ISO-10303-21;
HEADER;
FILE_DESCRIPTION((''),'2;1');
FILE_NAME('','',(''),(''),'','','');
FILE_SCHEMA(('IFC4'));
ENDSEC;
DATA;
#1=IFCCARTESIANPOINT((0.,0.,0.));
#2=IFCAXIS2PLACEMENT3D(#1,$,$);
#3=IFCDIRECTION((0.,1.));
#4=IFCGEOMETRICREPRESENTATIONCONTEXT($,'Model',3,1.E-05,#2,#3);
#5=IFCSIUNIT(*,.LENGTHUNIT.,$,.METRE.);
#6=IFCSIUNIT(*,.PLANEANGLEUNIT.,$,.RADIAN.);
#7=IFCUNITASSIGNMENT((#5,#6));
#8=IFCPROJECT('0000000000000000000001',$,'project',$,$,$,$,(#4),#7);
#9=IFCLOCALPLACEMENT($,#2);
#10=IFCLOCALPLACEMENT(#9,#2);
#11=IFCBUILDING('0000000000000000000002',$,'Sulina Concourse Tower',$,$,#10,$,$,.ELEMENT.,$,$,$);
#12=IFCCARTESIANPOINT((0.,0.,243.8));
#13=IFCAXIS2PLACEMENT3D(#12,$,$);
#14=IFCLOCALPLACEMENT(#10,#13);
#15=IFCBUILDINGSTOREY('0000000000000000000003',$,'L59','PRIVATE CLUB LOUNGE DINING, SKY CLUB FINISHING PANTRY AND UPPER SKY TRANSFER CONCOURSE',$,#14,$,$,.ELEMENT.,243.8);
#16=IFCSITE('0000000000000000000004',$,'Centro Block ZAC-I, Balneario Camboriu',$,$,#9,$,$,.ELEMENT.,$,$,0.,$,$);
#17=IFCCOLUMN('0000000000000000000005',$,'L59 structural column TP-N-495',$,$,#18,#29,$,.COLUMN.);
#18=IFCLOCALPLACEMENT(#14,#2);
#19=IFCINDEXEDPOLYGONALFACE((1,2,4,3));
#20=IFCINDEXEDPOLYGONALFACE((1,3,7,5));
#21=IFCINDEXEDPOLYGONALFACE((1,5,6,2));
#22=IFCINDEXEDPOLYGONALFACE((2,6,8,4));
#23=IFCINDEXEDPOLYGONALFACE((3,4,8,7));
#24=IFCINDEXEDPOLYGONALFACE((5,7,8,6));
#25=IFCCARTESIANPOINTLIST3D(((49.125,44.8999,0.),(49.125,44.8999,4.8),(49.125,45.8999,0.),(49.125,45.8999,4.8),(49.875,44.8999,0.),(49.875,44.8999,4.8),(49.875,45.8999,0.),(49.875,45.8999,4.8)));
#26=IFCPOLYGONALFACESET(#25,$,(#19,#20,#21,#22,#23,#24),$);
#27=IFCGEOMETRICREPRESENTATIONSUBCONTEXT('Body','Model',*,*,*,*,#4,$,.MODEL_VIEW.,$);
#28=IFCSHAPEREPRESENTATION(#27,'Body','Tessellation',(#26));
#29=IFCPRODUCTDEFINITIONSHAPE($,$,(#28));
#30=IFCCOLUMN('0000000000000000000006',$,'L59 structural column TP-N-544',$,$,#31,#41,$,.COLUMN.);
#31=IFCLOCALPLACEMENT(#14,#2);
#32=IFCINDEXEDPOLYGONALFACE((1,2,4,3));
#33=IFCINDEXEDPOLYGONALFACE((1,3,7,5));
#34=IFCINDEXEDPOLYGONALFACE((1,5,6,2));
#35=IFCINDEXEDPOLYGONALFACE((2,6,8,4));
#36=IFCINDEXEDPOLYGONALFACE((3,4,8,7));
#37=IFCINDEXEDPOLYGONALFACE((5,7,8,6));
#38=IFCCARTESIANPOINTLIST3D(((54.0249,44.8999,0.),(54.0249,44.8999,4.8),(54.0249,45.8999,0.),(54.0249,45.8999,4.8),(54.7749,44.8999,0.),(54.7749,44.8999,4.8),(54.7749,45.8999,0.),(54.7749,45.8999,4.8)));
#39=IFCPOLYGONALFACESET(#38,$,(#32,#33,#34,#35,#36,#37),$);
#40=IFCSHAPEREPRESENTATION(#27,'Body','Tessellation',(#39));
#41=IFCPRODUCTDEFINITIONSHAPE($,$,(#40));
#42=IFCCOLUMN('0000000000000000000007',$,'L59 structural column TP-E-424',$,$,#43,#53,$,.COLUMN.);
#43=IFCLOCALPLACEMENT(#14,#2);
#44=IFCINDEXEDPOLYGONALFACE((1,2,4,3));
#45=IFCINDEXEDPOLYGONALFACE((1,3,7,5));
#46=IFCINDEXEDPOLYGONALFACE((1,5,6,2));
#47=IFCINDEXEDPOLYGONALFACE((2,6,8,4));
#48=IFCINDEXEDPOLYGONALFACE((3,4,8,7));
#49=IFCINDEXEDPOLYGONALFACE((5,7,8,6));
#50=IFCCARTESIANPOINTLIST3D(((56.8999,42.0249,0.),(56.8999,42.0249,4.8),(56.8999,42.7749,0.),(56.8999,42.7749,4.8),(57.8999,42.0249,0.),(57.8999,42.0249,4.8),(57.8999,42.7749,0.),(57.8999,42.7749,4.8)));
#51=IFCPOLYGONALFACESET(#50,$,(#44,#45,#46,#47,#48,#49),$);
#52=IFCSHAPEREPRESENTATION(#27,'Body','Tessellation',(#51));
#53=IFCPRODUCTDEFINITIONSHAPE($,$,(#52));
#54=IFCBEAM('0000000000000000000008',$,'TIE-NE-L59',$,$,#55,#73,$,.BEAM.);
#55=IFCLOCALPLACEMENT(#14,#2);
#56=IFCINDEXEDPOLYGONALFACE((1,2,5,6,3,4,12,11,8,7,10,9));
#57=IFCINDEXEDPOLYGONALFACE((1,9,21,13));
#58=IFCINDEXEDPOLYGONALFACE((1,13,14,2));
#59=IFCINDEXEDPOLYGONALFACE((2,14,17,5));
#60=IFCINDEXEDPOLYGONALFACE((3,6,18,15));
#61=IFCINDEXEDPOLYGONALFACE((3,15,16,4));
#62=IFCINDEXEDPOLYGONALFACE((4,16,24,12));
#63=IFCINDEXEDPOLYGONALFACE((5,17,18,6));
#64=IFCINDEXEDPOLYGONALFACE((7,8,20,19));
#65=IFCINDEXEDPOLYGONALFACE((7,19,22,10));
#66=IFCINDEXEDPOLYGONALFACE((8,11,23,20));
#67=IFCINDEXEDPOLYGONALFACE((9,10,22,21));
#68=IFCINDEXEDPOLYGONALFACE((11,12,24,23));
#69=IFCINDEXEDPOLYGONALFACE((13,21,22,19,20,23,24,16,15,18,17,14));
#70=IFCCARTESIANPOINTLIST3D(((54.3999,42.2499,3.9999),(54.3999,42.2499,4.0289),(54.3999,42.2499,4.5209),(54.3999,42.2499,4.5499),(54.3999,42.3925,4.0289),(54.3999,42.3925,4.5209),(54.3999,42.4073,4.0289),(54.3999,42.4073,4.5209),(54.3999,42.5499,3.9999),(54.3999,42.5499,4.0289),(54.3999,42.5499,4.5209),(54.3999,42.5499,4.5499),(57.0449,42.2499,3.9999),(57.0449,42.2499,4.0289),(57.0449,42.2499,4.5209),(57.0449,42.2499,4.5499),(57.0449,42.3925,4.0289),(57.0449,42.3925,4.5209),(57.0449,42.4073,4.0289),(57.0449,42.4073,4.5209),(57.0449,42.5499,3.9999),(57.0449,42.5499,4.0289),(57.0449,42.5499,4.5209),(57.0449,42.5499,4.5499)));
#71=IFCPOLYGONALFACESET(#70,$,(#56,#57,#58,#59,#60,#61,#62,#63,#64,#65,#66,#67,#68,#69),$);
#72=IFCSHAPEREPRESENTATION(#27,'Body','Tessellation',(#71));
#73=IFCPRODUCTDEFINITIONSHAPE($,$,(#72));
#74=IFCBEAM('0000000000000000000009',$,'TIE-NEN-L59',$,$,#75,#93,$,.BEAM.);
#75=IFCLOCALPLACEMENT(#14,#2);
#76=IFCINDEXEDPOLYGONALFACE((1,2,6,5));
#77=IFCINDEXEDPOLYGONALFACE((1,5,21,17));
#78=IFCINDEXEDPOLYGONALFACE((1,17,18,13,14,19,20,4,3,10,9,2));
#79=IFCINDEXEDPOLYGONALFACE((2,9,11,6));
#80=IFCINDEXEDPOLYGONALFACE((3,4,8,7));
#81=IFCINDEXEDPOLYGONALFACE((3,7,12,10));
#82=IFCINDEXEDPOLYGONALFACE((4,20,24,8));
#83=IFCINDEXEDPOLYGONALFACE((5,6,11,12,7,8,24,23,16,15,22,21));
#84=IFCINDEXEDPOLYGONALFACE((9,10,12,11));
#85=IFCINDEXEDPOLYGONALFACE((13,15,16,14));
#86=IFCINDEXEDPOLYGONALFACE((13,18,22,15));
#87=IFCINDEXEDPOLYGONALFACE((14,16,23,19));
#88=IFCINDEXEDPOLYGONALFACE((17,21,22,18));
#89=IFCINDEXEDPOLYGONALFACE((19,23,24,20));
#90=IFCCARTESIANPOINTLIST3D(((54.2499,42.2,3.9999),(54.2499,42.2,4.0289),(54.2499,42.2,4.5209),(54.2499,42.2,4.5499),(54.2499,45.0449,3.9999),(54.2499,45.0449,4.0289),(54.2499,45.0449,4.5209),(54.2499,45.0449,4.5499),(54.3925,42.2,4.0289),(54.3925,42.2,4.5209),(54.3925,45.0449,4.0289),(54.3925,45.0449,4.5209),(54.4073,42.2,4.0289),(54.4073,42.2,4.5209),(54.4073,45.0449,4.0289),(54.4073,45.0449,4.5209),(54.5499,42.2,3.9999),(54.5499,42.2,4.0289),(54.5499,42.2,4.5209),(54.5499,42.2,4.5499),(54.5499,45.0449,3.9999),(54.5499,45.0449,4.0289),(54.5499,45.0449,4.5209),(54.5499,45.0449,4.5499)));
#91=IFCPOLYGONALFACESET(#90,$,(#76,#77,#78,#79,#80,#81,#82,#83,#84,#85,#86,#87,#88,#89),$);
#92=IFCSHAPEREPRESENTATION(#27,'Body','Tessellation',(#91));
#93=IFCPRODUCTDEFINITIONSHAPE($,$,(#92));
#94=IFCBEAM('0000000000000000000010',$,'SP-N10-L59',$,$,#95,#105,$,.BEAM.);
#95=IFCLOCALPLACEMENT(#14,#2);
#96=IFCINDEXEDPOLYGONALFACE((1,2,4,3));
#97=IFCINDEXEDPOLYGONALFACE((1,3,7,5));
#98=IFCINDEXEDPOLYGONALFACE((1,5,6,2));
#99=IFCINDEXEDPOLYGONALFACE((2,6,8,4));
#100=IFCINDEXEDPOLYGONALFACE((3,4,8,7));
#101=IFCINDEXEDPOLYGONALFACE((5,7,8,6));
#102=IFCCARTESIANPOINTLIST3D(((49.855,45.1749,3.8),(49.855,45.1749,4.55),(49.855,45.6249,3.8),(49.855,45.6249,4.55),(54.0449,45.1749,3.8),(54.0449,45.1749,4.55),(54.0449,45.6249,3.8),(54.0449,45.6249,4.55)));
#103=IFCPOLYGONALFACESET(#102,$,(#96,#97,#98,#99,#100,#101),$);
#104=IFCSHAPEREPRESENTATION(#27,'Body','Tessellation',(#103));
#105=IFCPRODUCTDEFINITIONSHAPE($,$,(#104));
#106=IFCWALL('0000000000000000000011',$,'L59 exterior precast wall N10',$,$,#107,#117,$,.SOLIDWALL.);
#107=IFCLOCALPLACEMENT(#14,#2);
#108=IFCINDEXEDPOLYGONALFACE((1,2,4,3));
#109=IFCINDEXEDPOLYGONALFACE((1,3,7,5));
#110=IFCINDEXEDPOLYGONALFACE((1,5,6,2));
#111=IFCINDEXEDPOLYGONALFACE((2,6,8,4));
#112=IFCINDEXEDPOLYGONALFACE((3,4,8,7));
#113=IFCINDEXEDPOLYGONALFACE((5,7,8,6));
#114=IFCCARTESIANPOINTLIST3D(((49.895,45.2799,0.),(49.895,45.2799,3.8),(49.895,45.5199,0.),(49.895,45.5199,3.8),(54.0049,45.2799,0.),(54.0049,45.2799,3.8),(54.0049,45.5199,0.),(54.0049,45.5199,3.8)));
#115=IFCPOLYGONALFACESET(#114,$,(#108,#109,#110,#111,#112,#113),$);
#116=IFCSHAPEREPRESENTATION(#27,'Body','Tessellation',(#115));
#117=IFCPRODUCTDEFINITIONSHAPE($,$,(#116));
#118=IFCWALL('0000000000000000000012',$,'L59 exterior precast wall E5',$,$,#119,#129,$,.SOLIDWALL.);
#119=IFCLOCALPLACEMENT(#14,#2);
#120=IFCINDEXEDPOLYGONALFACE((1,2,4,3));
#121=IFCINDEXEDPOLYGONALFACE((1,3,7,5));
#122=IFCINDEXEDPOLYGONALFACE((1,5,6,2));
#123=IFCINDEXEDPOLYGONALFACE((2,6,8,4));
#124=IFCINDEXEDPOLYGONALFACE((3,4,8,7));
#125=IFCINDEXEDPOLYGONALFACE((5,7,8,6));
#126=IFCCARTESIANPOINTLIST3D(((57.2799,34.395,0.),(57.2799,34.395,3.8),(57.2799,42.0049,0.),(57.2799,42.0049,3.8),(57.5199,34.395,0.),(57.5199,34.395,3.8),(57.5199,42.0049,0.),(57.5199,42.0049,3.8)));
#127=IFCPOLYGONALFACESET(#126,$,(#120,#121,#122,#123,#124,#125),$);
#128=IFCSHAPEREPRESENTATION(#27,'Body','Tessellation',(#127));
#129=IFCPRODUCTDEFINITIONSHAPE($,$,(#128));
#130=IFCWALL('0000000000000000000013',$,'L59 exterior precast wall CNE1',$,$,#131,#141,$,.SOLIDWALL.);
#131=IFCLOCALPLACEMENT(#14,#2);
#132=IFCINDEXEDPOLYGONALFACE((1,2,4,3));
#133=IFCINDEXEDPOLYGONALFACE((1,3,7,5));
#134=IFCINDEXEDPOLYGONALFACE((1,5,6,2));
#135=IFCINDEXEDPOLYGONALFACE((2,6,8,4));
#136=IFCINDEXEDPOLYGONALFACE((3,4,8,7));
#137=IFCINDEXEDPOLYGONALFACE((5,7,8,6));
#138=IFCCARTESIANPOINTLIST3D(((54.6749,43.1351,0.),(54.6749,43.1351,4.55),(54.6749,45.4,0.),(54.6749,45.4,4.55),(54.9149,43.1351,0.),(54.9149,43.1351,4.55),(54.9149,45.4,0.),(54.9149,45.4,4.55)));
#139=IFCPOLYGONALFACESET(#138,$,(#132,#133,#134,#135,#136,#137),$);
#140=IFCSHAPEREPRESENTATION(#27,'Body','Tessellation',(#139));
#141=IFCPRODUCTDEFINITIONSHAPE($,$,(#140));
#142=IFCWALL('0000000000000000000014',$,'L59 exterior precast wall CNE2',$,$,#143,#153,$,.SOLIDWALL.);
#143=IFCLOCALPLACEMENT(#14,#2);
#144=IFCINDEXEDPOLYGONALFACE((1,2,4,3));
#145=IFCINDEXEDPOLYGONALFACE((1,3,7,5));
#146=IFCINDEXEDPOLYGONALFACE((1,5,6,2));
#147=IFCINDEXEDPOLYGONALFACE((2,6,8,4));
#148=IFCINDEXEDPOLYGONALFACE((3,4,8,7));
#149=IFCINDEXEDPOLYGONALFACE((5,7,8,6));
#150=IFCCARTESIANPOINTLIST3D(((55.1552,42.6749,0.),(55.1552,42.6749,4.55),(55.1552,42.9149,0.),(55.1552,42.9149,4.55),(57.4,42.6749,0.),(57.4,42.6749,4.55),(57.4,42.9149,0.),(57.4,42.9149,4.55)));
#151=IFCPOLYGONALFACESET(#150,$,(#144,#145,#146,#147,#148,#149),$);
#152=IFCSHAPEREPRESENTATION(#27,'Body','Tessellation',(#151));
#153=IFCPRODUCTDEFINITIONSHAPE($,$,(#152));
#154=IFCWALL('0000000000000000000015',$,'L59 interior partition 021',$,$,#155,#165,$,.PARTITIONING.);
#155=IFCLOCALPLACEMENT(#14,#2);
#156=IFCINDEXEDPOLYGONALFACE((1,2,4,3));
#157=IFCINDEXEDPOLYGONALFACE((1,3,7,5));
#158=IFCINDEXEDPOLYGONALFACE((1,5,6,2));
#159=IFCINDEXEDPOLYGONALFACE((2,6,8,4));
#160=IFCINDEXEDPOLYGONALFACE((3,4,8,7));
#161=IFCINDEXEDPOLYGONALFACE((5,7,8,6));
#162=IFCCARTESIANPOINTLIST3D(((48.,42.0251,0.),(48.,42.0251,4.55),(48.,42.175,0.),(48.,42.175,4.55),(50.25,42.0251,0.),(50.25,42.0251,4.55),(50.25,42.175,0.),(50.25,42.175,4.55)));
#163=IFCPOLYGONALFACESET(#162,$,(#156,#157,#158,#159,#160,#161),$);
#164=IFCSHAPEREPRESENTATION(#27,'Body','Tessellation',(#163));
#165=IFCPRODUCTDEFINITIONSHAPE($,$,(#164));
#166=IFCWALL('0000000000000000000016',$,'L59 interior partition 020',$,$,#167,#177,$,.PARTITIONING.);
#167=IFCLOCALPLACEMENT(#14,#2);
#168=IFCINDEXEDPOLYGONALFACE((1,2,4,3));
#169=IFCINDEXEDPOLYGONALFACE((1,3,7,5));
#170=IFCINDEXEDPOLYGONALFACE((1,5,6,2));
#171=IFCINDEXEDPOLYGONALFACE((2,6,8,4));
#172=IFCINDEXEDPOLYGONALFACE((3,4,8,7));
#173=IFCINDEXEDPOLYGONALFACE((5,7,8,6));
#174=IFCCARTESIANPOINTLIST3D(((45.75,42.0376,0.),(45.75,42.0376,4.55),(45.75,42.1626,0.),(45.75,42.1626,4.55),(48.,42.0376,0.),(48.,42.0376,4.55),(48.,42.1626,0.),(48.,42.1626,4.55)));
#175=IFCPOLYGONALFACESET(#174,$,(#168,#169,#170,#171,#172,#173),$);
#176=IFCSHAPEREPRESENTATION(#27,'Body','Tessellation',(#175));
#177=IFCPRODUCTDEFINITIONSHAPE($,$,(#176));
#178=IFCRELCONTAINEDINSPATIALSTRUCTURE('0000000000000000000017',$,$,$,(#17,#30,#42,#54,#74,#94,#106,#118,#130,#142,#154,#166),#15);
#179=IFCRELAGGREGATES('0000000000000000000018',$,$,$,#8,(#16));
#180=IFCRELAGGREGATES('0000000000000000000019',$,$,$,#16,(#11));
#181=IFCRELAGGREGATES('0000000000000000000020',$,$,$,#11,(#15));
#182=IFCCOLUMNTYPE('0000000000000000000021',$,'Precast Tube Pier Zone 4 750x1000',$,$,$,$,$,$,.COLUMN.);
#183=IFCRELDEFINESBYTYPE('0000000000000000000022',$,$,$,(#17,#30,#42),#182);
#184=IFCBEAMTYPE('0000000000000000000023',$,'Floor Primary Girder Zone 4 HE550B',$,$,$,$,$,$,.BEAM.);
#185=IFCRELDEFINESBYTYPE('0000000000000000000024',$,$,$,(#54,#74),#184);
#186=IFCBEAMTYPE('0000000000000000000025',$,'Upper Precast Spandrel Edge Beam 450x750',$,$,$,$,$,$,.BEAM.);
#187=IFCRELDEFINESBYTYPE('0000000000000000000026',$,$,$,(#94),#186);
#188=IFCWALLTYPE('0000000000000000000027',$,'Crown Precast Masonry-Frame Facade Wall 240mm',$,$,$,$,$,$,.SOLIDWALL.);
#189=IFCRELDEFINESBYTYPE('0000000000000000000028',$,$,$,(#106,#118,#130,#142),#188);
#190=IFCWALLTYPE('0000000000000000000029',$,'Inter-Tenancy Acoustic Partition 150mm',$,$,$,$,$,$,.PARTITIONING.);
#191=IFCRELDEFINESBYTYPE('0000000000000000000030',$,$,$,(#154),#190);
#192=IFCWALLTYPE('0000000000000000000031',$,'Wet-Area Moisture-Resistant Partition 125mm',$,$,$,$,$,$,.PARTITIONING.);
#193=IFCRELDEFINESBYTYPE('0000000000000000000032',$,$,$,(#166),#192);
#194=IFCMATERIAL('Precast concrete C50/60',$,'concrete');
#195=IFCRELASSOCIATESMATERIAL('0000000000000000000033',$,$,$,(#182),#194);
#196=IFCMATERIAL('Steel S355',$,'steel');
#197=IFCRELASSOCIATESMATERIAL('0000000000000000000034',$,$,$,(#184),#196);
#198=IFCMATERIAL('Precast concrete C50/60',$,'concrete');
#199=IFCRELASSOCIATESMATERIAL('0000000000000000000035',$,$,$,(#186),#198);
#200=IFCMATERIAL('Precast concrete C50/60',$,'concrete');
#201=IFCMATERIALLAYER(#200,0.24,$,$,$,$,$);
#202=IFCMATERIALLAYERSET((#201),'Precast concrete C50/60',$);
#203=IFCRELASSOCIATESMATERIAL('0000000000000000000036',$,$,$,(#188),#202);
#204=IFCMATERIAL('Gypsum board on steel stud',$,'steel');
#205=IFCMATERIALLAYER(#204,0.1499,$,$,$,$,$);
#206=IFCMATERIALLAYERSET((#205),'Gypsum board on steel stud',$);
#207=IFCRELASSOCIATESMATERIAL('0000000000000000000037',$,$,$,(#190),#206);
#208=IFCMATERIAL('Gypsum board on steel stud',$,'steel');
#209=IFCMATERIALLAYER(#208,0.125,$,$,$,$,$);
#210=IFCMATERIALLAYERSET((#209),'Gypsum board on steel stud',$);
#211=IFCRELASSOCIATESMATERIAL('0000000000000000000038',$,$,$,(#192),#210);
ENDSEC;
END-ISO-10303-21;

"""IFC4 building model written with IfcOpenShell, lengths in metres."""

from ifc_helpers import new_model, si_unit, direction, frame, frame_2d, origin, origin_2d, place, context, subcontext, project, spatial, rectangle, i_section, extrude, material, layer, layer_set, material_profile, profile_set, type_object, element, save


model = new_model("IFC4")

# Units and contexts
model_context = context("Model", 3, precision=1e-05, world=origin(), true_north=direction((0.0, 1.0)))
body_context = subcontext(model_context, "Body", "Model", "MODEL_VIEW")
ifc_project = project(units=[si_unit("LENGTHUNIT", "METRE"), si_unit("PLANEANGLEUNIT", "RADIAN")], contexts=[model_context])

# Site, building, storey
site_placement = place(None, origin())
site = spatial("IfcSite", under=ifc_project, at=site_placement, Name="Centro Block ZAC-I, Balneario Camboriu", CompositionType="ELEMENT", RefElevation=0.0)
building_placement = place(site_placement, origin())
building = spatial("IfcBuilding", under=site, at=building_placement, Name="Sulina Concourse Tower", CompositionType="ELEMENT")
storey_placement = place(building_placement, frame((0.0, 0.0, 243.8)))
storey = spatial("IfcBuildingStorey", under=building, at=storey_placement, Name="L59", Description="PRIVATE CLUB LOUNGE DINING, SKY CLUB FINISHING PANTRY AND UPPER SKY TRANSFER CONCOURSE", CompositionType="ELEMENT", Elevation=243.8)

# Columns
ifc_material_1 = material(Name="Precast concrete C50/60", Category="concrete")
ifc_material_profile_1 = material_profile(ifc_material_1, rectangle(XDim=0.75, YDim=1.0, at=origin_2d()), Name="PC 750x1000")
ifc_profile_set_1 = profile_set([ifc_material_profile_1], Name="Precast concrete C50/60")
column_type = type_object("IfcColumnType", Name="Precast Tube Pier Zone 4 750x1000", PredefinedType="COLUMN", material=ifc_profile_set_1)
for number, where, z_axis, x_axis, name in (
    (1, (49.5, 45.3999, 0.0), (0.0, 0.0, 1.0), (1.0, 0.0, 0.0), "L59 structural column TP-N-495"),
    (2, (54.3999, 45.3999, 0.0), (0.0, 0.0, 1.0), (1.0, 0.0, 0.0), "L59 structural column TP-N-544"),
    (3, (57.3999, 42.3999, 0.0), (0.0, 0.0, 1.0), (0.0, 1.0, 0.0), "L59 structural column TP-E-424"),
):
    element("IfcColumn", number, at=place(storey_placement, frame(where, z_axis=z_axis, x_axis=x_axis)), inside=storey, type_object=column_type, Name=name, PredefinedType="COLUMN", context=body_context, shape_type="SweptSolid", body=[
        extrude(rectangle(XDim=0.75, YDim=1.0, at=origin_2d()), origin(), (0.0, 0.0, 1.0), 4.8),
    ])

# Beams
ifc_material_2 = material(Name="Steel S355", Category="steel")
ifc_material_profile_2 = material_profile(ifc_material_2, i_section(OverallWidth=0.3, OverallDepth=0.55, WebThickness=0.0149, FlangeThickness=0.0291, at=origin_2d()), Name="HE 550 B")
ifc_profile_set_2 = profile_set([ifc_material_profile_2], Name="Steel S355")
beam_type_1 = type_object("IfcBeamType", Name="Floor Primary Girder Zone 4 HE550B", PredefinedType="BEAM", material=ifc_profile_set_2)
beam_1_placement = place(storey_placement, frame((54.3999, 42.3999, 4.2749), z_axis=(1.0, 0.0, 0.0), x_axis=(0.0, 1.0, 0.0)))
element("IfcBeam", 4, at=beam_1_placement, inside=storey, type_object=beam_type_1, Name="TIE-NE-L59", PredefinedType="BEAM", context=body_context, shape_type="SweptSolid", body=[
    extrude(i_section(OverallWidth=0.3, OverallDepth=0.55, WebThickness=0.0149, FlangeThickness=0.0291, at=origin_2d()), origin(), (0.0, 0.0, 1.0), 2.645),
])
beam_2_placement = place(storey_placement, frame((54.3999, 42.2, 4.2749), z_axis=(0.0, 1.0, 0.0), x_axis=(-1.0, 0.0, 0.0)))
element("IfcBeam", 5, at=beam_2_placement, inside=storey, type_object=beam_type_1, Name="TIE-NEN-L59", PredefinedType="BEAM", context=body_context, shape_type="SweptSolid", body=[
    extrude(i_section(OverallWidth=0.3, OverallDepth=0.55, WebThickness=0.0149, FlangeThickness=0.0291, at=origin_2d()), origin(), (0.0, 0.0, 1.0), 2.845),
])
ifc_material_3 = material(Name="Precast concrete C50/60", Category="concrete")
ifc_material_profile_3 = material_profile(ifc_material_3, rectangle(XDim=0.45, YDim=0.75, at=origin_2d()), Name="RC 450x750")
ifc_profile_set_3 = profile_set([ifc_material_profile_3], Name="Precast concrete C50/60")
beam_type_2 = type_object("IfcBeamType", Name="Upper Precast Spandrel Edge Beam 450x750", PredefinedType="BEAM", material=ifc_profile_set_3)
beam_3_placement = place(storey_placement, frame((49.855, 45.3999, 4.175), z_axis=(1.0, 0.0, 0.0), x_axis=(0.0, 1.0, 0.0)))
element("IfcBeam", 6, at=beam_3_placement, inside=storey, type_object=beam_type_2, Name="SP-N10-L59", PredefinedType="BEAM", context=body_context, shape_type="SweptSolid", body=[
    extrude(rectangle(XDim=0.45, YDim=0.75, at=origin_2d()), origin(), (0.0, 0.0, 1.0), 4.1899),
])

# Walls
ifc_material_4 = material(Name="Precast concrete C50/60", Category="concrete")
ifc_layer_1 = layer(ifc_material_4, 0.24)
ifc_layer_set_1 = layer_set([ifc_layer_1], Name="Precast concrete C50/60")
wall_type_1 = type_object("IfcWallType", Name="Crown Precast Masonry-Frame Facade Wall 240mm", PredefinedType="SOLIDWALL", material=ifc_layer_set_1)
wall_1_placement = place(storey_placement, frame((49.895, 45.3999, 0.0), z_axis=(0.0, 0.0, 1.0), x_axis=(1.0, 0.0, 0.0)))
element("IfcWall", 7, at=wall_1_placement, inside=storey, type_object=wall_type_1, Name="L59 exterior precast wall N10", PredefinedType="SOLIDWALL", context=body_context, shape_type="SweptSolid", body=[
    extrude(rectangle(XDim=4.1099, YDim=0.24, at=frame_2d((2.0549, 0.0))), origin(), (0.0, 0.0, 1.0), 3.8),
])
wall_2_placement = place(storey_placement, frame((57.3999, 42.0049, 0.0), z_axis=(0.0, 0.0, 1.0), x_axis=(0.0, -1.0, 0.0)))
element("IfcWall", 8, at=wall_2_placement, inside=storey, type_object=wall_type_1, Name="L59 exterior precast wall E5", PredefinedType="SOLIDWALL", context=body_context, shape_type="SweptSolid", body=[
    extrude(rectangle(XDim=7.6099, YDim=0.24, at=frame_2d((3.8049, 0.0))), origin(), (0.0, 0.0, 1.0), 3.8),
])
wall_3_placement = place(storey_placement, frame((54.7949, 45.3999, 0.0), z_axis=(0.0, 0.0, 1.0), x_axis=(0.0, -1.0, 0.0)))
element("IfcWall", 9, at=wall_3_placement, inside=storey, type_object=wall_type_1, Name="L59 exterior precast wall CNE1", PredefinedType="SOLIDWALL", context=body_context, shape_type="SweptSolid", body=[
    extrude(rectangle(XDim=2.2649, YDim=0.24, at=frame_2d((1.1323, 0.0))), origin(), (0.0, 0.0, 1.0), 4.55),
])
wall_4_placement = place(storey_placement, frame((55.155, 42.7949, 0.0), z_axis=(0.0, 0.0, 1.0), x_axis=(1.0, 0.0, 0.0)))
element("IfcWall", 10, at=wall_4_placement, inside=storey, type_object=wall_type_1, Name="L59 exterior precast wall CNE2", PredefinedType="SOLIDWALL", context=body_context, shape_type="SweptSolid", body=[
    extrude(rectangle(XDim=2.2449, YDim=0.24, at=frame_2d((1.1226, 0.0))), origin(), (0.0, 0.0, 1.0), 4.55),
])
ifc_material_5 = material(Name="Gypsum board on steel stud", Category="steel")
ifc_layer_2 = layer(ifc_material_5, 0.1499)
ifc_layer_set_2 = layer_set([ifc_layer_2], Name="Gypsum board on steel stud")
wall_type_2 = type_object("IfcWallType", Name="Inter-Tenancy Acoustic Partition 150mm", PredefinedType="PARTITIONING", material=ifc_layer_set_2)
wall_5_placement = place(storey_placement, frame((48.0, 42.1001, 0.0), z_axis=(0.0, 0.0, 1.0), x_axis=(1.0, 0.0, 0.0)))
element("IfcWall", 11, at=wall_5_placement, inside=storey, type_object=wall_type_2, Name="L59 interior partition 021", PredefinedType="PARTITIONING", context=body_context, shape_type="SweptSolid", body=[
    extrude(rectangle(XDim=2.25, YDim=0.1499, at=frame_2d((1.125, 0.0))), origin(), (0.0, 0.0, 1.0), 4.55),
])
ifc_material_6 = material(Name="Gypsum board on steel stud", Category="steel")
ifc_layer_3 = layer(ifc_material_6, 0.125)
ifc_layer_set_3 = layer_set([ifc_layer_3], Name="Gypsum board on steel stud")
wall_type_3 = type_object("IfcWallType", Name="Wet-Area Moisture-Resistant Partition 125mm", PredefinedType="PARTITIONING", material=ifc_layer_set_3)
wall_6_placement = place(storey_placement, frame((45.75, 42.1001, 0.0), z_axis=(0.0, 0.0, 1.0), x_axis=(1.0, 0.0, 0.0)))
element("IfcWall", 12, at=wall_6_placement, inside=storey, type_object=wall_type_3, Name="L59 interior partition 020", PredefinedType="PARTITIONING", context=body_context, shape_type="SweptSolid", body=[
    extrude(rectangle(XDim=2.25, YDim=0.125, at=frame_2d((1.125, 0.0))), origin(), (0.0, 0.0, 1.0), 4.55),
])

save(model, "model.ifc")
